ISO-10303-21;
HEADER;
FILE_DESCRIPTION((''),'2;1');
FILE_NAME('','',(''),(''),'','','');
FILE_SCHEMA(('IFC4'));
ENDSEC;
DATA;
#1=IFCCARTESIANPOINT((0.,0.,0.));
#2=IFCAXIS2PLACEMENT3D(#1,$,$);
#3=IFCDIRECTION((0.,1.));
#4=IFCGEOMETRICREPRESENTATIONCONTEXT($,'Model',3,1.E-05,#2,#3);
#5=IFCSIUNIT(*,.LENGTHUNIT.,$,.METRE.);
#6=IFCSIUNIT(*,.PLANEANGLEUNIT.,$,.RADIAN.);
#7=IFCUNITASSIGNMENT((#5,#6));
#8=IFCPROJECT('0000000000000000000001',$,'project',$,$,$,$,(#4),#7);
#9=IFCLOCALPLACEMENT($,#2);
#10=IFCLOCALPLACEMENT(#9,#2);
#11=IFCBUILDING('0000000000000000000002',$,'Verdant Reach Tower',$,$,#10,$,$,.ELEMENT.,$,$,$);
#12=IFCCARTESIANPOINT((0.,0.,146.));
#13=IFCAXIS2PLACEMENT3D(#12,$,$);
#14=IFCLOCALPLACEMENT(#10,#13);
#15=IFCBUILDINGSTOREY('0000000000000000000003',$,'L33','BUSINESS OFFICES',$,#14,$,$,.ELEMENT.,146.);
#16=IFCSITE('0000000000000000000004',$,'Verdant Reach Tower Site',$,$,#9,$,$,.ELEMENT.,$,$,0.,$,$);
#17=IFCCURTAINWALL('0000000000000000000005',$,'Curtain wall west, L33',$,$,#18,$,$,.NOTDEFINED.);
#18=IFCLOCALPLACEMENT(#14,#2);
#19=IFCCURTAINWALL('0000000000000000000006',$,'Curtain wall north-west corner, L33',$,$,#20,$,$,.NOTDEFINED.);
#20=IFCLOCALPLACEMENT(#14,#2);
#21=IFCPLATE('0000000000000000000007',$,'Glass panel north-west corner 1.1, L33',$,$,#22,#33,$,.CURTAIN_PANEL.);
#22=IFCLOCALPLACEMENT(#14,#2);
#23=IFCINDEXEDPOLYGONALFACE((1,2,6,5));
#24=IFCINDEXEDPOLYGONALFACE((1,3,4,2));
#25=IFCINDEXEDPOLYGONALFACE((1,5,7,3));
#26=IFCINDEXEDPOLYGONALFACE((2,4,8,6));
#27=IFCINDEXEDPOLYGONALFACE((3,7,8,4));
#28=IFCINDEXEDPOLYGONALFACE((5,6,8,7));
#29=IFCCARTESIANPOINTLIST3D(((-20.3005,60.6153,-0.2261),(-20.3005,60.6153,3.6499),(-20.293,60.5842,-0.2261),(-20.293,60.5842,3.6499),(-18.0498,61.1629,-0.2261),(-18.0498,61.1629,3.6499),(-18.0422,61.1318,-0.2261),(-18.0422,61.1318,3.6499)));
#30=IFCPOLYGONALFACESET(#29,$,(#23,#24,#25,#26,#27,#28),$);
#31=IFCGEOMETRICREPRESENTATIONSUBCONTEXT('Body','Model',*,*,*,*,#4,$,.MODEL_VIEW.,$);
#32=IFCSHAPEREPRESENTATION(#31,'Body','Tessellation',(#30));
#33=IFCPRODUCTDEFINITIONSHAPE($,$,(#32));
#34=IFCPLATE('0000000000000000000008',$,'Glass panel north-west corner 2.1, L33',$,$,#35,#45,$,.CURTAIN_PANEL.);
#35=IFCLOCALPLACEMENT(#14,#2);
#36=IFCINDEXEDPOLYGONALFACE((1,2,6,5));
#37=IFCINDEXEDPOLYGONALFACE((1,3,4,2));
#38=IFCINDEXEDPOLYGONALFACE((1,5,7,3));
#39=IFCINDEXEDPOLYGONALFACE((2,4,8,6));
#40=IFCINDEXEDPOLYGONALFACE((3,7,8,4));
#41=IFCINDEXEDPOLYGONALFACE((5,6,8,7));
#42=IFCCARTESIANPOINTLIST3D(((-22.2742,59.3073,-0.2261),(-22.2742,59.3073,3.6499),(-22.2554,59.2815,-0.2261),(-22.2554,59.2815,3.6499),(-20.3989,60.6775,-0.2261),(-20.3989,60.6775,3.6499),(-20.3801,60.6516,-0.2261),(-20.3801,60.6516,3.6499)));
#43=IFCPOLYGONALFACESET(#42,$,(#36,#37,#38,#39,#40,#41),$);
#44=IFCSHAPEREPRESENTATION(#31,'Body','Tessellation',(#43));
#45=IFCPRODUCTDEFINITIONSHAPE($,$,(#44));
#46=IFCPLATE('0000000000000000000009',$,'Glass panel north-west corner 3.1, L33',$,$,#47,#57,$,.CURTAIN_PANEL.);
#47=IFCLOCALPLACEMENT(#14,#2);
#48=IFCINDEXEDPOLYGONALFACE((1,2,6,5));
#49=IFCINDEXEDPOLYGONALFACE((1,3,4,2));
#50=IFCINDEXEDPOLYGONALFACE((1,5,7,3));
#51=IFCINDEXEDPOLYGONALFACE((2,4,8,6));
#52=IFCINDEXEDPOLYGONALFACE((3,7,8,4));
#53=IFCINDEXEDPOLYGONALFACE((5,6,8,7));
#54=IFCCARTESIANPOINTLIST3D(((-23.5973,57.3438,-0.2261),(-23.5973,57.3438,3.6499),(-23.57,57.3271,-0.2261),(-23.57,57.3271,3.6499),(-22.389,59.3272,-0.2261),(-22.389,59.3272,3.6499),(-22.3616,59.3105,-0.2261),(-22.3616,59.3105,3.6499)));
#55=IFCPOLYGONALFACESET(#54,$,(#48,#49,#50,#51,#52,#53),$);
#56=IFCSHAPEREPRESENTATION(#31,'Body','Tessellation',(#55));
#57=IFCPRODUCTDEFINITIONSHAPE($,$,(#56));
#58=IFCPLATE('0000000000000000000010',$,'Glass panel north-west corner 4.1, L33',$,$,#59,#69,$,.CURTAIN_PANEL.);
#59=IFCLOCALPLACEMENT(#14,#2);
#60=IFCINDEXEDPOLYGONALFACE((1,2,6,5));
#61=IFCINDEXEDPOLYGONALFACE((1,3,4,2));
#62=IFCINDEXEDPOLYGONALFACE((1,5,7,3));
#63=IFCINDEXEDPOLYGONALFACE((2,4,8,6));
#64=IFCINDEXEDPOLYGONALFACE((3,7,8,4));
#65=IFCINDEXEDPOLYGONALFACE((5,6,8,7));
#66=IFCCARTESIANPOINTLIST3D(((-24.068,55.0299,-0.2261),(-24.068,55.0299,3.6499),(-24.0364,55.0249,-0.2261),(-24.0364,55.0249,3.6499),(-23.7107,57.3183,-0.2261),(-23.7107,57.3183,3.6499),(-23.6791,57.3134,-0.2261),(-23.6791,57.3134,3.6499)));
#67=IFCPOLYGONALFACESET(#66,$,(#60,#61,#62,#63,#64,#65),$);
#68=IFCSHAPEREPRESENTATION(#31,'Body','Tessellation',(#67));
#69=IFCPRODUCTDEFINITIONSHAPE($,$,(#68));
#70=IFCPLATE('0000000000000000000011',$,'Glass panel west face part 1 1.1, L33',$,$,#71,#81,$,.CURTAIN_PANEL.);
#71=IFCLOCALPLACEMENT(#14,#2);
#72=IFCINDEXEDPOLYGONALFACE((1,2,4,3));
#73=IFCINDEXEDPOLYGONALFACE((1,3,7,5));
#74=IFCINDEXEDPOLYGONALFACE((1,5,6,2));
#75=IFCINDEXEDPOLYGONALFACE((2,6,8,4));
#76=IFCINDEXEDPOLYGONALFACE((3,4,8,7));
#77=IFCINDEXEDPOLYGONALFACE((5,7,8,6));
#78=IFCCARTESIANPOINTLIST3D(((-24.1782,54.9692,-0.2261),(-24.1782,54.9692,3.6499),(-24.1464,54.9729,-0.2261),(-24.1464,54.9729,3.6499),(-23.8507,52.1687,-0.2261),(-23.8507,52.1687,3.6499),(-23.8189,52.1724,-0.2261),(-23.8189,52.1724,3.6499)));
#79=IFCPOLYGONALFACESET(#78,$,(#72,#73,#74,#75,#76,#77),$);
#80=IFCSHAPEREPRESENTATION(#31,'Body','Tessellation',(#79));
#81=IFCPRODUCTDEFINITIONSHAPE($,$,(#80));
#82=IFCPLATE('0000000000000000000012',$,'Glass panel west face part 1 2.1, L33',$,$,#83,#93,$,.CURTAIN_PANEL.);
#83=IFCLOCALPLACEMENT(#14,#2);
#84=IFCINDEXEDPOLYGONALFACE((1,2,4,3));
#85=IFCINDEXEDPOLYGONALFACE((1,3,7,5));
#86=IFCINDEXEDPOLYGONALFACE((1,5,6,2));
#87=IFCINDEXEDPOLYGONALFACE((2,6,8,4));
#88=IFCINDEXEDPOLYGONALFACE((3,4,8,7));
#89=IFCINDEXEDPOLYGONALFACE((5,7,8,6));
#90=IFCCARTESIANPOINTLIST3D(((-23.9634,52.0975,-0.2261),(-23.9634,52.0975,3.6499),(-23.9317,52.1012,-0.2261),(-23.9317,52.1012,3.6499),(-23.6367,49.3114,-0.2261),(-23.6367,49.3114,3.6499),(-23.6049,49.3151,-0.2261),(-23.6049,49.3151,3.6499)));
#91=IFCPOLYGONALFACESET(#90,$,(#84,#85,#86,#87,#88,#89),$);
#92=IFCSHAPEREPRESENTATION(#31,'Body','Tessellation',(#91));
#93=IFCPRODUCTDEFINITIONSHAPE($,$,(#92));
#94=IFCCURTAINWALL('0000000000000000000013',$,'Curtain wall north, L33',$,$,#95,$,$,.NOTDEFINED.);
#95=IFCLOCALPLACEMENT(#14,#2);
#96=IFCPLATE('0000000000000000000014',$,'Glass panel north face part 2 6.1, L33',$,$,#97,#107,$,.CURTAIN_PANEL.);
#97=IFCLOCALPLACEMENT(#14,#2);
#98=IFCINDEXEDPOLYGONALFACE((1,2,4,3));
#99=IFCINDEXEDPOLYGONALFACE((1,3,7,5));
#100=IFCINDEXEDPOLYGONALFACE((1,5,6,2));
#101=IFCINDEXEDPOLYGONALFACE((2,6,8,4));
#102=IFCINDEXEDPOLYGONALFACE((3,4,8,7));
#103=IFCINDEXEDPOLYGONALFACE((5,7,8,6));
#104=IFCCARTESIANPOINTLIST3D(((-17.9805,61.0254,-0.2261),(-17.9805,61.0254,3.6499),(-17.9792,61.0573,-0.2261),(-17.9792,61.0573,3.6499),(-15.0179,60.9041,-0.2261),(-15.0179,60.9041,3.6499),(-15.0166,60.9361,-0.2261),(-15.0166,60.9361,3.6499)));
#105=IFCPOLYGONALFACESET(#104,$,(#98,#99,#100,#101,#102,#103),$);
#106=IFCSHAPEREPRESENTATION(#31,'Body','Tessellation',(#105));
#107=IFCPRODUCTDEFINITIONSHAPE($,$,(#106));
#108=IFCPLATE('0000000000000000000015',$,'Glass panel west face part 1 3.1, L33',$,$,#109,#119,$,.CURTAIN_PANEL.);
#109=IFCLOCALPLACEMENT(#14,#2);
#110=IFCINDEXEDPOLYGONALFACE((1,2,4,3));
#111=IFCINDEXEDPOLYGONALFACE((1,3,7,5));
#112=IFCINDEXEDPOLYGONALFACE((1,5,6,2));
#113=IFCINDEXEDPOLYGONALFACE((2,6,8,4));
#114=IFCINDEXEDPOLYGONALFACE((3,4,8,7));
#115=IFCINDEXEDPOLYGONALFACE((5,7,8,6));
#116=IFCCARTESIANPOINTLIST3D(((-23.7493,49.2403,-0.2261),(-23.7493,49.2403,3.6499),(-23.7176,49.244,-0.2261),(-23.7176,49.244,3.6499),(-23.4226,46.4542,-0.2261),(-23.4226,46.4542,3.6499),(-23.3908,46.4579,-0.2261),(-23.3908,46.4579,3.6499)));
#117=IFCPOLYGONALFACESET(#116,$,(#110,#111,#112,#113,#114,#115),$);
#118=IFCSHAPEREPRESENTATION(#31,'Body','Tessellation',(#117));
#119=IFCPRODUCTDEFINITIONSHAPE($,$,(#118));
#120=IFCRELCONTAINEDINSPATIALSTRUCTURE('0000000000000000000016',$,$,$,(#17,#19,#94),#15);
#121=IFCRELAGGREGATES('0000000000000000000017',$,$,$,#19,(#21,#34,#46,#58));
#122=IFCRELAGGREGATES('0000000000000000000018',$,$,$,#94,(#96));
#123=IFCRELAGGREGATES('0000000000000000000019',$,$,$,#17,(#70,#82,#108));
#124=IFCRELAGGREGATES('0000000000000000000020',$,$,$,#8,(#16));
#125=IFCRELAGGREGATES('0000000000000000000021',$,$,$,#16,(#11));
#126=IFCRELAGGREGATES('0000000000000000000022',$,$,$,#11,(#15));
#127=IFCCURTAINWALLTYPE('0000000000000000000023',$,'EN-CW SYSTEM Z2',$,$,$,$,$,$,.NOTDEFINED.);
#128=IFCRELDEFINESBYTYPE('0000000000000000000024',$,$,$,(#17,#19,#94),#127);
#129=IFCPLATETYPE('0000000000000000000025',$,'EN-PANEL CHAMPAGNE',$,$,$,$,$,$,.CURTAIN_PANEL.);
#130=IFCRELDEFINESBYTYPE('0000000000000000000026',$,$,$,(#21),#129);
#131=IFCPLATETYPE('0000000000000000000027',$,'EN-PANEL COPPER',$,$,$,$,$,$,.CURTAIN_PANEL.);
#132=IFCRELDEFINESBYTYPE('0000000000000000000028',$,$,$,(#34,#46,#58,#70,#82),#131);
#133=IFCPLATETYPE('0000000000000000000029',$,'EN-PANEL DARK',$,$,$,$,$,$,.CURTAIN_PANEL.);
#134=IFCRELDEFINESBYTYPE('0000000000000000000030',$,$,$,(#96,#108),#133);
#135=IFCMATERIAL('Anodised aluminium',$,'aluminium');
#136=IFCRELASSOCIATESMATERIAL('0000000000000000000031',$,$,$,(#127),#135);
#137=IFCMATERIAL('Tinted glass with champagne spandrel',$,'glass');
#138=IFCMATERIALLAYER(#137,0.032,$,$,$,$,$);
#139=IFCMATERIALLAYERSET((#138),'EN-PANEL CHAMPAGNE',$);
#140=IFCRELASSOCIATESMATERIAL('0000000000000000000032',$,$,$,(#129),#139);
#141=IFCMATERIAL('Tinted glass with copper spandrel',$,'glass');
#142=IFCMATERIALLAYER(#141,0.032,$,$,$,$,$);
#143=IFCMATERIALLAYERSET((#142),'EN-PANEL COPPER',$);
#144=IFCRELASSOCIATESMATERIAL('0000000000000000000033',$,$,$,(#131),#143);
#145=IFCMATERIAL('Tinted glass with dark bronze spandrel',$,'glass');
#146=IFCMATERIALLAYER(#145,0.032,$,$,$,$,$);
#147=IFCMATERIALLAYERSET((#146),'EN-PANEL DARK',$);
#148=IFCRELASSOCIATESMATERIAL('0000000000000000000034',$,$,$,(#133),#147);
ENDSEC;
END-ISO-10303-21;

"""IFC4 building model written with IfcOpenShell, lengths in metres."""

from ifc_helpers import new_model, si_unit, direction, frame, origin, origin_2d, place, context, subcontext, project, spatial, rectangle, extrude, material, layer, layer_set, type_object, element, aggregate, save


model = new_model("IFC4")

# Units and contexts
model_context = context("Model", 3, precision=1e-05, world=origin(), true_north=direction((0.0, 1.0)))
body_context = subcontext(model_context, "Body", "Model", "MODEL_VIEW")
ifc_project = project(units=[si_unit("LENGTHUNIT", "METRE"), si_unit("PLANEANGLEUNIT", "RADIAN")], contexts=[model_context])

# Site, building, storey
site_placement = place(None, origin())
site = spatial("IfcSite", under=ifc_project, at=site_placement, Name="Verdant Reach Tower Site", CompositionType="ELEMENT", RefElevation=0.0)
building_placement = place(site_placement, origin())
building = spatial("IfcBuilding", under=site, at=building_placement, Name="Verdant Reach Tower", CompositionType="ELEMENT")
storey_placement = place(building_placement, frame((0.0, 0.0, 146.0)))
storey = spatial("IfcBuildingStorey", under=building, at=storey_placement, Name="L33", Description="BUSINESS OFFICES", CompositionType="ELEMENT", Elevation=146.0)

# Curtain wall
ifc_material_1 = material(Name="Anodised aluminium", Category="aluminium")
curtain_wall_type = type_object("IfcCurtainWallType", Name="EN-CW SYSTEM Z2", PredefinedType="NOTDEFINED", material=ifc_material_1)
curtain_wall_1_placement = place(storey_placement, origin())
curtain_wall_1 = element("IfcCurtainWall", 1, at=curtain_wall_1_placement, inside=storey, type_object=curtain_wall_type, Name="Curtain wall west, L33", PredefinedType="NOTDEFINED")

# Curtain wall, plates
curtain_wall_2_placement = place(storey_placement, origin())
curtain_wall_2 = element("IfcCurtainWall", 2, at=curtain_wall_2_placement, inside=storey, type_object=curtain_wall_type, Name="Curtain wall north-west corner, L33", PredefinedType="NOTDEFINED")
ifc_material_2 = material(Name="Tinted glass with champagne spandrel", Category="glass")
ifc_layer_1 = layer(ifc_material_2, 0.032)
ifc_layer_set_1 = layer_set([ifc_layer_1], Name="EN-PANEL CHAMPAGNE")
plate_type_1 = type_object("IfcPlateType", Name="EN-PANEL CHAMPAGNE", PredefinedType="CURTAIN_PANEL", material=ifc_layer_set_1)
plate_1_placement = place(storey_placement, frame((-19.1714, 60.8735, -0.2261), z_axis=(0.0, 0.0, 1.0), x_axis=(-0.971658, -0.236391, 0.0)))
plate_1 = element("IfcPlate", 3, at=plate_1_placement, type_object=plate_type_1, Name="Glass panel north-west corner 1.1, L33", PredefinedType="CURTAIN_PANEL", context=body_context, shape_type="SweptSolid", body=[
    extrude(rectangle(XDim=2.3164, YDim=0.032, at=origin_2d()), origin(), (0.0, 0.0, 1.0), 3.876),
])
ifc_material_3 = material(Name="Tinted glass with copper spandrel", Category="glass")
ifc_layer_2 = layer(ifc_material_3, 0.032)
ifc_layer_set_2 = layer_set([ifc_layer_2], Name="EN-PANEL COPPER")
plate_type_2 = type_object("IfcPlateType", Name="EN-PANEL COPPER", PredefinedType="CURTAIN_PANEL", material=ifc_layer_set_2)
plate_2_placement = place(storey_placement, frame((-21.3271, 59.9795, -0.2261), z_axis=(0.0, 0.0, 1.0), x_axis=(-0.807457, -0.589927, 0.0)))
plate_2 = element("IfcPlate", 4, at=plate_2_placement, type_object=plate_type_2, Name="Glass panel north-west corner 2.1, L33", PredefinedType="CURTAIN_PANEL", context=body_context, shape_type="SweptSolid", body=[
    extrude(rectangle(XDim=2.3225, YDim=0.032, at=origin_2d()), origin(), (0.0, 0.0, 1.0), 3.876),
])
plate_3_placement = place(storey_placement, frame((-22.9795, 58.3271, -0.2261), z_axis=(0.0, 0.0, 1.0), x_axis=(-0.520292, -0.853989, 0.0)))
plate_3 = element("IfcPlate", 5, at=plate_3_placement, type_object=plate_type_2, Name="Glass panel north-west corner 3.1, L33", PredefinedType="CURTAIN_PANEL", context=body_context, shape_type="SweptSolid", body=[
    extrude(rectangle(XDim=2.3225, YDim=0.032, at=origin_2d()), origin(), (0.0, 0.0, 1.0), 3.876),
])
plate_4_placement = place(storey_placement, frame((-23.8735, 56.1716, -0.2261), z_axis=(0.0, 0.0, 1.0), x_axis=(-0.154281, -0.988027, 0.0)))
plate_4 = element("IfcPlate", 6, at=plate_4_placement, type_object=plate_type_2, Name="Glass panel north-west corner 4.1, L33", PredefinedType="CURTAIN_PANEL", context=body_context, shape_type="SweptSolid", body=[
    extrude(rectangle(XDim=2.3162, YDim=0.032, at=origin_2d()), origin(), (0.0, 0.0, 1.0), 3.876),
])
aggregate(curtain_wall_2, [plate_1, plate_2, plate_3, plate_4])

# Plates
plate_5_placement = place(storey_placement, frame((-23.9985, 53.5708, -0.2261), z_axis=(0.0, 0.0, 1.0), x_axis=(0.116147, -0.993232, 0.0)))
plate_5 = element("IfcPlate", 7, at=plate_5_placement, type_object=plate_type_2, Name="Glass panel west face part 1 1.1, L33", PredefinedType="CURTAIN_PANEL", context=body_context, shape_type="SweptSolid", body=[
    extrude(rectangle(XDim=2.8196, YDim=0.032, at=origin_2d()), origin(), (0.0, 0.0, 1.0), 3.876),
])
plate_6_placement = place(storey_placement, frame((-23.7842, 50.7063, -0.2261), z_axis=(0.0, 0.0, 1.0), x_axis=(0.116483, -0.993193, 0.0)))
plate_6 = element("IfcPlate", 8, at=plate_6_placement, type_object=plate_type_2, Name="Glass panel west face part 1 2.1, L33", PredefinedType="CURTAIN_PANEL", context=body_context, shape_type="SweptSolid", body=[
    extrude(rectangle(XDim=2.8052, YDim=0.032, at=origin_2d()), origin(), (0.0, 0.0, 1.0), 3.876),
])

# Curtain wall, plate
curtain_wall_3_placement = place(storey_placement, origin())
curtain_wall_3 = element("IfcCurtainWall", 9, at=curtain_wall_3_placement, inside=storey, type_object=curtain_wall_type, Name="Curtain wall north, L33", PredefinedType="NOTDEFINED")
ifc_material_4 = material(Name="Tinted glass with dark bronze spandrel", Category="glass")
ifc_layer_3 = layer(ifc_material_4, 0.032)
ifc_layer_set_3 = layer_set([ifc_layer_3], Name="EN-PANEL DARK")
plate_type_3 = type_object("IfcPlateType", Name="EN-PANEL DARK", PredefinedType="CURTAIN_PANEL", material=ifc_layer_set_3)
plate_7_placement = place(storey_placement, frame((-16.4985, 60.9807, -0.2261), z_axis=(0.0, 0.0, 1.0), x_axis=(-0.999163, 0.0409, 0.0)))
plate_7 = element("IfcPlate", 10, at=plate_7_placement, type_object=plate_type_3, Name="Glass panel north face part 2 6.1, L33", PredefinedType="CURTAIN_PANEL", context=body_context, shape_type="SweptSolid", body=[
    extrude(rectangle(XDim=2.9651, YDim=0.032, at=origin_2d()), origin(), (0.0, 0.0, 1.0), 3.876),
])
aggregate(curtain_wall_3, [plate_7])

# Plate
plate_8_placement = place(storey_placement, frame((-23.5701, 47.8491, -0.2261), z_axis=(0.0, 0.0, 1.0), x_axis=(0.116483, -0.993193, 0.0)))
plate_8 = element("IfcPlate", 11, at=plate_8_placement, type_object=plate_type_3, Name="Glass panel west face part 1 3.1, L33", PredefinedType="CURTAIN_PANEL", context=body_context, shape_type="SweptSolid", body=[
    extrude(rectangle(XDim=2.8052, YDim=0.032, at=origin_2d()), origin(), (0.0, 0.0, 1.0), 3.876),
])
aggregate(curtain_wall_1, [plate_5, plate_6, plate_8])

save(model, "model.ifc")
